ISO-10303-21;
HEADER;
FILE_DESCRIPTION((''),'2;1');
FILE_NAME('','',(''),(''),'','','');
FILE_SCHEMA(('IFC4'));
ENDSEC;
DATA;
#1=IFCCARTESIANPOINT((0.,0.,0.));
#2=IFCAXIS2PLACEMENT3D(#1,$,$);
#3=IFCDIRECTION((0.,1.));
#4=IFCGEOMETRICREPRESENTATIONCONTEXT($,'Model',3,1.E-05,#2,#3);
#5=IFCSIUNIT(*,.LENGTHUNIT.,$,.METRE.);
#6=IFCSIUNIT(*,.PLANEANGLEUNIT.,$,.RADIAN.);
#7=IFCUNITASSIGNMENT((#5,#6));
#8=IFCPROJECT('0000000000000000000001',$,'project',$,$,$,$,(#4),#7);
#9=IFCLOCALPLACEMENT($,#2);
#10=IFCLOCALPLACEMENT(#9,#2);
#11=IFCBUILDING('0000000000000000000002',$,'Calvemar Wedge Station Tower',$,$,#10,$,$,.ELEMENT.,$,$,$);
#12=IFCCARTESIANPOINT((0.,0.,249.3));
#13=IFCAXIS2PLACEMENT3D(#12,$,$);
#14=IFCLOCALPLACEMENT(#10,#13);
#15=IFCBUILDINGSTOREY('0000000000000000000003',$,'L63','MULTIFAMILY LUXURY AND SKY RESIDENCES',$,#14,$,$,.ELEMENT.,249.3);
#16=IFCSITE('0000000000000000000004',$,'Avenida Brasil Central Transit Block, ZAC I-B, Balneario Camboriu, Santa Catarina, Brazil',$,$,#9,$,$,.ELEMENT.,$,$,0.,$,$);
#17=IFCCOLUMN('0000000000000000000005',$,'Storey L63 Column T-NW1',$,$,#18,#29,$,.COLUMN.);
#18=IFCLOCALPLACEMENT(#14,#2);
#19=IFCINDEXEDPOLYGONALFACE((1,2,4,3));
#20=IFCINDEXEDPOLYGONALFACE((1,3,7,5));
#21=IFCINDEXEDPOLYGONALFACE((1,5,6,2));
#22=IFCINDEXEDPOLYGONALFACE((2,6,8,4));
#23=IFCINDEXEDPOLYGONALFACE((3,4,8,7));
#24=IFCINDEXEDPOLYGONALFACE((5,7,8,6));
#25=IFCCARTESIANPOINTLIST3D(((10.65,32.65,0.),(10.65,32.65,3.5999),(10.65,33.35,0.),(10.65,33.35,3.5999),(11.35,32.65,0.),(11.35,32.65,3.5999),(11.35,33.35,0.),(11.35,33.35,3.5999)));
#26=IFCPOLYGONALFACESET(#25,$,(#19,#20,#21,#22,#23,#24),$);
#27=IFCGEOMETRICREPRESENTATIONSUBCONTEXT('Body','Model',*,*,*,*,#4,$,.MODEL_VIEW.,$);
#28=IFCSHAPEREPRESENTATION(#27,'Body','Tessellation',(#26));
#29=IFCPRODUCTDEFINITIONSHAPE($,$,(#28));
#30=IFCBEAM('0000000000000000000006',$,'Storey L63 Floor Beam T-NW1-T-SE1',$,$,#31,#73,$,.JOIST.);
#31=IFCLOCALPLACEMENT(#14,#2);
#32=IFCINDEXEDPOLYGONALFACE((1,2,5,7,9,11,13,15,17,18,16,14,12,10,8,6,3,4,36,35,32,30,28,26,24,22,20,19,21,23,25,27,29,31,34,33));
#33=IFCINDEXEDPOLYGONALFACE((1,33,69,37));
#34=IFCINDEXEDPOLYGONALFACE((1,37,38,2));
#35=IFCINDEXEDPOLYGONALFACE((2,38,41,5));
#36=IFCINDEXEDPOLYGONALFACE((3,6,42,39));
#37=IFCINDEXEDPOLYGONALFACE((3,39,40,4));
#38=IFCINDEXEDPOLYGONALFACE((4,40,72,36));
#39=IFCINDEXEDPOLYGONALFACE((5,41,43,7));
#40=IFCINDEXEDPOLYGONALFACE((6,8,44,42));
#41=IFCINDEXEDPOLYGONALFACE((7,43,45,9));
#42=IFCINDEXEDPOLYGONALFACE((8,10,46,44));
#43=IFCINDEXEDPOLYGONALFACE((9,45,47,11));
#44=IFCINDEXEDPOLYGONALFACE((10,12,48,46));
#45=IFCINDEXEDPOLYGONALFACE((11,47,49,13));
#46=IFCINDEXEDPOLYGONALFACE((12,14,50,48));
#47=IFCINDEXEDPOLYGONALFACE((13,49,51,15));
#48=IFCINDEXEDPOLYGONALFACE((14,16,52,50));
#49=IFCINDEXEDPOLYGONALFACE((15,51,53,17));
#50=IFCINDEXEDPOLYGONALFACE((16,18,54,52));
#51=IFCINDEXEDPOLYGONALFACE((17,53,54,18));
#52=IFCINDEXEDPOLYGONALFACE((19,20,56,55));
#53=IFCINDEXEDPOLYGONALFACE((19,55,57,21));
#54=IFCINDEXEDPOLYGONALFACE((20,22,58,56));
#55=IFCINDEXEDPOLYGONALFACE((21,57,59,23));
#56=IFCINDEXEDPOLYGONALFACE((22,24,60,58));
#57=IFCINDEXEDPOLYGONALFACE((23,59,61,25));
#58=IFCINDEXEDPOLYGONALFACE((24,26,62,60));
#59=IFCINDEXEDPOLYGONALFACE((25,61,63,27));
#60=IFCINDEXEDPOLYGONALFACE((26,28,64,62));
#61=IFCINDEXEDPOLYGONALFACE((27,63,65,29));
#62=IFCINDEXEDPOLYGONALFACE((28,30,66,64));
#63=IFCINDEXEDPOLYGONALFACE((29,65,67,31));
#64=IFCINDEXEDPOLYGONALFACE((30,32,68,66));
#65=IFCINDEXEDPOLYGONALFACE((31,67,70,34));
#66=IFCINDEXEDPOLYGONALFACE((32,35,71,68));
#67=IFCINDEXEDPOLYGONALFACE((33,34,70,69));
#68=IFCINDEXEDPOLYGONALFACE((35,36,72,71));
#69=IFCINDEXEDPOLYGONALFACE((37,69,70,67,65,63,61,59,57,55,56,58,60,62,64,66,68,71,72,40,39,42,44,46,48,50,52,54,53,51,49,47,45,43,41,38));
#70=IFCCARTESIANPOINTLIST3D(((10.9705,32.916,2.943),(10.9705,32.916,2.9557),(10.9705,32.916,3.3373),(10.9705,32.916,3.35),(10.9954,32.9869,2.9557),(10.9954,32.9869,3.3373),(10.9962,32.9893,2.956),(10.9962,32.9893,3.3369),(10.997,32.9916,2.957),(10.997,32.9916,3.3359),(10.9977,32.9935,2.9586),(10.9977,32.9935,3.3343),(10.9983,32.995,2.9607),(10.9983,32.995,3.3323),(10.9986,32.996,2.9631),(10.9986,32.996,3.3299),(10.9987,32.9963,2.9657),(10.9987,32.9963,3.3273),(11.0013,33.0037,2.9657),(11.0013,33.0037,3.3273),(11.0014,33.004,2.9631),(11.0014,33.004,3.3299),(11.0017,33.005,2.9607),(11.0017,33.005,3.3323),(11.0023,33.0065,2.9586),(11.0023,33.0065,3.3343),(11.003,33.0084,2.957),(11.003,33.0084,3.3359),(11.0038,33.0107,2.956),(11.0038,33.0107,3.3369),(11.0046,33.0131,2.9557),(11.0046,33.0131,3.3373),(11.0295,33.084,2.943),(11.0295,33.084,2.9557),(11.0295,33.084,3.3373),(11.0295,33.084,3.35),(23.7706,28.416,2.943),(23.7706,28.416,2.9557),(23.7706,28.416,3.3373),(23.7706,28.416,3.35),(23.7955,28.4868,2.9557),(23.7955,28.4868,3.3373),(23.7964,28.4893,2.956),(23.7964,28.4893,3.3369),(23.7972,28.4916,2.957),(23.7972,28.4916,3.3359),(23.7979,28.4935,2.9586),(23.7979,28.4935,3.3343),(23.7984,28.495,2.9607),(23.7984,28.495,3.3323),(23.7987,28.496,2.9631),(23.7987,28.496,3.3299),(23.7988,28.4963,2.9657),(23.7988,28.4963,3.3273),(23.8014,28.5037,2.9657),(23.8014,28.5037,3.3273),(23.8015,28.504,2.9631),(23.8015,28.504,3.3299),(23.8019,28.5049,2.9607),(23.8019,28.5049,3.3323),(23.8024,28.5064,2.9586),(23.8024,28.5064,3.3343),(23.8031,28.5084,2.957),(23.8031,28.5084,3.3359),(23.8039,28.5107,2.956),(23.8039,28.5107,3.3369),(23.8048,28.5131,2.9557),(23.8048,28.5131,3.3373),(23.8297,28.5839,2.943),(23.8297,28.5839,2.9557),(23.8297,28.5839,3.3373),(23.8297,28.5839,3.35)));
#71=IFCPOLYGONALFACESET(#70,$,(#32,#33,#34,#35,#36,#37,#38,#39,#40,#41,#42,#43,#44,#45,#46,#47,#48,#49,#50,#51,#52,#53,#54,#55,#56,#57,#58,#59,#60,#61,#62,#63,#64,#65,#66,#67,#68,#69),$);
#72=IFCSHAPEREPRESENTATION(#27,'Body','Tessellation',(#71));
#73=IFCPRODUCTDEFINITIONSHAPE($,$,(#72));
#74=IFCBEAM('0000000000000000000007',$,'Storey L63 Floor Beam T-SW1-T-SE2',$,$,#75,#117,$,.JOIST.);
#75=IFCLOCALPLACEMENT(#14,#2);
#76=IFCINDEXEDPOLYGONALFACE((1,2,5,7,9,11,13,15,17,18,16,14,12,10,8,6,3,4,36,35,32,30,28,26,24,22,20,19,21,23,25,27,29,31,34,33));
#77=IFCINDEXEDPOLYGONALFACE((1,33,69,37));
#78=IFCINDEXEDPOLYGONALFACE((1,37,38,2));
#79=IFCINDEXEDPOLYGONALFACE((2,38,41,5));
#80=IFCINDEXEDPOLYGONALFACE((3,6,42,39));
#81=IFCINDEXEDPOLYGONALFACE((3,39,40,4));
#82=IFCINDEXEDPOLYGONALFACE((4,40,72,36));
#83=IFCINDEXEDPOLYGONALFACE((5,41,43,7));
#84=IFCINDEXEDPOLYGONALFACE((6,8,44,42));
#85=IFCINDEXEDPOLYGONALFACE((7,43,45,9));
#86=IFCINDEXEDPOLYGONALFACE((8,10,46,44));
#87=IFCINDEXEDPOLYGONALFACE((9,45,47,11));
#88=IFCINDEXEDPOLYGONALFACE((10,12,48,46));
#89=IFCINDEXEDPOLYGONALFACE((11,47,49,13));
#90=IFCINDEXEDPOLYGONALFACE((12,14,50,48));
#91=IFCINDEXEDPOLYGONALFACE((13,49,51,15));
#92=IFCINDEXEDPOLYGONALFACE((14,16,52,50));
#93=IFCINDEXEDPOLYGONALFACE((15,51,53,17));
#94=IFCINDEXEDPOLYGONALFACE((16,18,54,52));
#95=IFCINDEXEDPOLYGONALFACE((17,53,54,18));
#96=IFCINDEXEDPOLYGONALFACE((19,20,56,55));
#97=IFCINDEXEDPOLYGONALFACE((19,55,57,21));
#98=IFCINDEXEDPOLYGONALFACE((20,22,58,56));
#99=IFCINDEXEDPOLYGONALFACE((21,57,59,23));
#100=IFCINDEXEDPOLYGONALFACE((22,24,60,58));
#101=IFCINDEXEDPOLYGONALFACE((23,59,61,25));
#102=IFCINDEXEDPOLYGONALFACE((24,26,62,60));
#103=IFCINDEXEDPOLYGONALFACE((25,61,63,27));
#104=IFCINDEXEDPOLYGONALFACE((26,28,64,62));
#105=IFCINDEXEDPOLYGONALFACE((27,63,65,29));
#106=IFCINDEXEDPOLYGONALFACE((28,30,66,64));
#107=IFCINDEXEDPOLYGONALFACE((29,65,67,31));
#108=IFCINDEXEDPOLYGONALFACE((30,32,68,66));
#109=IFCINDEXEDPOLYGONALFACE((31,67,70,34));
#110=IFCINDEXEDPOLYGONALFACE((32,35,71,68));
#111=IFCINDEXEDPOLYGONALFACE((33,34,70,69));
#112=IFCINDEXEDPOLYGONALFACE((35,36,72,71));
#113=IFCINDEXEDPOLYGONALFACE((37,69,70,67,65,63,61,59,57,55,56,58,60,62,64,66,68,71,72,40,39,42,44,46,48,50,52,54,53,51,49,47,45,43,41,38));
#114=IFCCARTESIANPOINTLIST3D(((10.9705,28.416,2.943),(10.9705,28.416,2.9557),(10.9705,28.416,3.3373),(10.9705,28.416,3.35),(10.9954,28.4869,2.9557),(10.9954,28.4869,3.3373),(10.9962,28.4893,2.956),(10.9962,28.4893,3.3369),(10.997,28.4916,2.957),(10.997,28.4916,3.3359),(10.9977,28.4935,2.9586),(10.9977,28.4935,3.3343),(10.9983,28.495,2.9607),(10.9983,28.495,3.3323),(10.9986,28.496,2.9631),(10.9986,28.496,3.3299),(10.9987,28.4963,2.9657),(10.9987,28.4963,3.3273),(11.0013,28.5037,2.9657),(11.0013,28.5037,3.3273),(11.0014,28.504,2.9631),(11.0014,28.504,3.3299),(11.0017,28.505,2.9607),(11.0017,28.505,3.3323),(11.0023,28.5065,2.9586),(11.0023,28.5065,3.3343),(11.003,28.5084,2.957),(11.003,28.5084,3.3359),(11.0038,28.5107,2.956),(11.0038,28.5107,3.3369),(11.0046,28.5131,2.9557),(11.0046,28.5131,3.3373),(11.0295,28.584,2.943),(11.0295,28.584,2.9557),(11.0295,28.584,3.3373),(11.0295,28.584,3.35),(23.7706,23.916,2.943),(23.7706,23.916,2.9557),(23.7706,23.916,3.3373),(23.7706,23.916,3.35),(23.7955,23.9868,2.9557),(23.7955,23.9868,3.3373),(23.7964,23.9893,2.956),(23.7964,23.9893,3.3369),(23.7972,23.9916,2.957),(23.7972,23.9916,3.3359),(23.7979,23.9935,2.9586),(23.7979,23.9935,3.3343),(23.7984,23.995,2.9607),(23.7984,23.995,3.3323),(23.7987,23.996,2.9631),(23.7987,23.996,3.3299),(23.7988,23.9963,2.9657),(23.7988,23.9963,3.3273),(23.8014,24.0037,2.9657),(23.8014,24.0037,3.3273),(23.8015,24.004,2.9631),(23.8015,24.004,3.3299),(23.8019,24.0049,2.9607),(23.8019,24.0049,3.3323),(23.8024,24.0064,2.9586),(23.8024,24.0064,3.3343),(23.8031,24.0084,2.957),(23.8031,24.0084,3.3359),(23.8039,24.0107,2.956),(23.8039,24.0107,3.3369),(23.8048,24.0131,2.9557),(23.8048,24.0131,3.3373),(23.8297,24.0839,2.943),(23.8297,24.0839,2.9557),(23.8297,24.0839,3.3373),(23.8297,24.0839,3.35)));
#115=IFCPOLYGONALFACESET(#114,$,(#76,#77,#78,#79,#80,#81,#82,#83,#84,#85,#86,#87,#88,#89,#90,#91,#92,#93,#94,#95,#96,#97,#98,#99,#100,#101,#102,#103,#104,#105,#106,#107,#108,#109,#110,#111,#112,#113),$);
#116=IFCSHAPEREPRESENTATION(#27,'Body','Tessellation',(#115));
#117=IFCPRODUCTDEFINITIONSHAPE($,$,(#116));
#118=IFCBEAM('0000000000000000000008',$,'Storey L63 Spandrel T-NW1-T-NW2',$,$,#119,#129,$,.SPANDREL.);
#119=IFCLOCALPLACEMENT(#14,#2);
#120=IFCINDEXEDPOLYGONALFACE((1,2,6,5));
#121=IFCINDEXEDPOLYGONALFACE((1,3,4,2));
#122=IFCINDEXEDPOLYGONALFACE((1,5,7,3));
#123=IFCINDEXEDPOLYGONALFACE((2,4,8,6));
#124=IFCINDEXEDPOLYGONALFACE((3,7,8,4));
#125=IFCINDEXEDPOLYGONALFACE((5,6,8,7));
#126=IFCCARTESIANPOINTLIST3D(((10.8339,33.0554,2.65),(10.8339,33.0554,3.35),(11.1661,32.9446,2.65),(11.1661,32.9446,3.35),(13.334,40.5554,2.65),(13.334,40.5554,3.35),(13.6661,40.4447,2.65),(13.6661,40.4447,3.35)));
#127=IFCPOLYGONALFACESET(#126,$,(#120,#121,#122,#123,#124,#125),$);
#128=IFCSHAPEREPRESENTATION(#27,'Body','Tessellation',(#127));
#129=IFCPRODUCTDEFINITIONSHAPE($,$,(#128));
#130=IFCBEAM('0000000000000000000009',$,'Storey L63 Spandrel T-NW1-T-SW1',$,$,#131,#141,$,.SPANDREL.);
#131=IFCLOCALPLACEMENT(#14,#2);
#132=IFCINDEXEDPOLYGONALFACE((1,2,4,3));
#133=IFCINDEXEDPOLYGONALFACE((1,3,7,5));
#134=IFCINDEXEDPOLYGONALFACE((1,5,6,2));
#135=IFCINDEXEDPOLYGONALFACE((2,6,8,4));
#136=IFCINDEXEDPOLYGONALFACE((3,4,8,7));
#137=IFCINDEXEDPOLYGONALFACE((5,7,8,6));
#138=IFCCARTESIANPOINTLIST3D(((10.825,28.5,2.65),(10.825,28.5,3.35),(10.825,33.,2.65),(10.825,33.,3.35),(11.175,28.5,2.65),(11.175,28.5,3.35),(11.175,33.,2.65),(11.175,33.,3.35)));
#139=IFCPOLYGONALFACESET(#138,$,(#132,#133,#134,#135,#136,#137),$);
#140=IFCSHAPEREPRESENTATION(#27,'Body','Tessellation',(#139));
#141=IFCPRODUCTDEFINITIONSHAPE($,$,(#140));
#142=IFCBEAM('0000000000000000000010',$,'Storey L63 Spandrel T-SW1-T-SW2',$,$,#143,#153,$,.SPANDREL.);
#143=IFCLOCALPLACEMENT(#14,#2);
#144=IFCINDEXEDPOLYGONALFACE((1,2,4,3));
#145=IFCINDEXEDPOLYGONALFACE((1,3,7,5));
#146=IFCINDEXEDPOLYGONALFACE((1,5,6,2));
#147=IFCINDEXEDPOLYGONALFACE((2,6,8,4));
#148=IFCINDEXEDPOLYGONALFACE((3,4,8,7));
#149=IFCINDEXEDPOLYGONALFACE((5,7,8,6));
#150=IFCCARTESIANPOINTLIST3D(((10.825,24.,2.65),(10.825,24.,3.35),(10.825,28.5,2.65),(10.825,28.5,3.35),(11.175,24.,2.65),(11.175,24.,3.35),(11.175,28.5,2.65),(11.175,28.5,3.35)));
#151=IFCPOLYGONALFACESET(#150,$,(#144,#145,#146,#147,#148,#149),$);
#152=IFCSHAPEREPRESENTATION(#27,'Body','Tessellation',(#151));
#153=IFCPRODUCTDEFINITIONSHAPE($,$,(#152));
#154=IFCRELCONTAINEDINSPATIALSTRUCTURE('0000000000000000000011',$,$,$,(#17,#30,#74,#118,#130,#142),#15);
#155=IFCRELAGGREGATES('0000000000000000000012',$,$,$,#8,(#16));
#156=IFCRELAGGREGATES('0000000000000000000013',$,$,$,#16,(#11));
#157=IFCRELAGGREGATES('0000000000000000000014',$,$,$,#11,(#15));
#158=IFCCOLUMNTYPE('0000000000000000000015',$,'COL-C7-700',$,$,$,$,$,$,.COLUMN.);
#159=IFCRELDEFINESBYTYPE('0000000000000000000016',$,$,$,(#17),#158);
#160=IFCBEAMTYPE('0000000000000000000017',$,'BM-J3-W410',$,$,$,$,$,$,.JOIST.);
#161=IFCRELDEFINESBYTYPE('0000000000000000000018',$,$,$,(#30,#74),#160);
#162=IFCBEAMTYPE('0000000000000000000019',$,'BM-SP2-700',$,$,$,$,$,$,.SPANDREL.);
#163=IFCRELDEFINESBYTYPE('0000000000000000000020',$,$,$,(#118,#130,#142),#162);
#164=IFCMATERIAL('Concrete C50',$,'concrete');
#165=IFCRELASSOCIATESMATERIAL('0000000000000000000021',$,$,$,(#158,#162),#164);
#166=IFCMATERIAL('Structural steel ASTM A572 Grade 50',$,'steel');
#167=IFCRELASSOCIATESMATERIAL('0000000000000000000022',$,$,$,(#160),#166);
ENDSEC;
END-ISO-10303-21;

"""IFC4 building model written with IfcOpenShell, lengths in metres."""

from ifc_helpers import new_model, si_unit, direction, frame, origin, origin_2d, place, context, subcontext, project, spatial, rectangle, i_section, extrude, source, transform, mapped, material, material_profile, profile_set, type_object, element, save


model = new_model("IFC4")

# Units and contexts
model_context = context("Model", 3, precision=1e-05, world=origin(), true_north=direction((0.0, 1.0)))
body_context = subcontext(model_context, "Body", "Model", "MODEL_VIEW")
ifc_project = project(units=[si_unit("LENGTHUNIT", "METRE"), si_unit("PLANEANGLEUNIT", "RADIAN")], contexts=[model_context])

# Site, building, storey
site_placement = place(None, origin())
site = spatial("IfcSite", under=ifc_project, at=site_placement, Name="Avenida Brasil Central Transit Block, ZAC I-B, Balneario Camboriu, Santa Catarina, Brazil", CompositionType="ELEMENT", RefElevation=0.0)
building_placement = place(site_placement, origin())
building = spatial("IfcBuilding", under=site, at=building_placement, Name="Calvemar Wedge Station Tower", CompositionType="ELEMENT")
storey_placement = place(building_placement, frame((0.0, 0.0, 249.3)))
storey = spatial("IfcBuildingStorey", under=building, at=storey_placement, Name="L63", Description="MULTIFAMILY LUXURY AND SKY RESIDENCES", CompositionType="ELEMENT", Elevation=249.3)

# Column
ifc_material_1 = material(Name="Concrete C50", Category="concrete")
ifc_material_profile_1 = material_profile(ifc_material_1, rectangle(XDim=0.7, YDim=0.7, at=origin_2d()), Name="RC700x700")
ifc_profile_set_1 = profile_set([ifc_material_profile_1], Name="Concrete C50")
column_type = type_object("IfcColumnType", Name="COL-C7-700", PredefinedType="COLUMN", material=ifc_profile_set_1)
shared_shape_1 = source(origin(), body_context, "Body", "SweptSolid", [
    extrude(rectangle(XDim=0.7, YDim=0.7, at=origin_2d()), origin(), (0.0, 0.0, 1.0), 3.5999),
])
column_placement = place(storey_placement, frame((11.0, 33.0, 0.0), z_axis=(0.0, 0.0, 1.0), x_axis=(1.0, 0.0, 0.0)))
element("IfcColumn", 1, at=column_placement, inside=storey, type_object=column_type, Name="Storey L63 Column T-NW1", PredefinedType="COLUMN", context=body_context, shape_type="MappedRepresentation", body=[
    mapped(shared_shape_1, transform((0.0, 0.0, 0.0), scale=1.0)),
])

# Beams
ifc_material_2 = material(Name="Structural steel ASTM A572 Grade 50", Category="steel")
ifc_material_profile_2 = material_profile(ifc_material_2, i_section(OverallWidth=0.178, OverallDepth=0.407, WebThickness=0.0078, FlangeThickness=0.0127, FilletRadius=0.01, at=origin_2d()), Name="W410x60")
ifc_profile_set_2 = profile_set([ifc_material_profile_2], Name="Structural steel ASTM A572 Grade 50")
beam_type_1 = type_object("IfcBeamType", Name="BM-J3-W410", PredefinedType="JOIST", material=ifc_profile_set_2)
shared_shape_2 = source(origin(), body_context, "Body", "SweptSolid", [
    extrude(i_section(OverallWidth=0.178, OverallDepth=0.407, WebThickness=0.0078, FlangeThickness=0.0127, FilletRadius=0.01, at=origin_2d()), origin(), (0.0, 0.0, 1.0), 13.5681),
])
for number, where, z_axis, x_axis, name in (
    (2, (11.0, 33.0, 3.1465), (0.943398, -0.331662, 0.0), (0.331662, 0.943398, 0.0), "Storey L63 Floor Beam T-NW1-T-SE1"),
    (3, (11.0, 28.5, 3.1465), (0.943398, -0.331662, 0.0), (0.331662, 0.943398, 0.0), "Storey L63 Floor Beam T-SW1-T-SE2"),
):
    element("IfcBeam", number, at=place(storey_placement, frame(where, z_axis=z_axis, x_axis=x_axis)), inside=storey, type_object=beam_type_1, Name=name, PredefinedType="JOIST", context=body_context, shape_type="MappedRepresentation", body=[
        mapped(shared_shape_2, transform((0.0, 0.0, 0.0), scale=1.0)),
    ])
ifc_material_profile_3 = material_profile(ifc_material_1, rectangle(XDim=0.3501, YDim=0.7, at=origin_2d()), Name="RC350x700")
ifc_profile_set_3 = profile_set([ifc_material_profile_3], Name="Concrete C50")
beam_type_2 = type_object("IfcBeamType", Name="BM-SP2-700", PredefinedType="SPANDREL", material=ifc_profile_set_3)
shared_shape_3 = source(origin(), body_context, "Body", "SweptSolid", [
    extrude(rectangle(XDim=0.3501, YDim=0.7, at=origin_2d()), origin(), (0.0, 0.0, 1.0), 7.9058),
])
beam_1_placement = place(storey_placement, frame((11.0, 33.0, 3.0), z_axis=(0.316228, 0.948683, 0.0), x_axis=(-0.948683, 0.316228, 0.0)))
element("IfcBeam", 4, at=beam_1_placement, inside=storey, type_object=beam_type_2, Name="Storey L63 Spandrel T-NW1-T-NW2", PredefinedType="SPANDREL", context=body_context, shape_type="MappedRepresentation", body=[
    mapped(shared_shape_3, transform((0.0, 0.0, 0.0), scale=1.0)),
])
shared_shape_4 = source(origin(), body_context, "Body", "SweptSolid", [
    extrude(rectangle(XDim=0.3501, YDim=0.7, at=origin_2d()), origin(), (0.0, 0.0, 1.0), 4.5),
])
for number, where, z_axis, x_axis, name in (
    (5, (11.0, 33.0, 3.0), (0.0, -1.0, 0.0), (1.0, 0.0, 0.0), "Storey L63 Spandrel T-NW1-T-SW1"),
    (6, (11.0, 28.5, 3.0), (0.0, -1.0, 0.0), (1.0, 0.0, 0.0), "Storey L63 Spandrel T-SW1-T-SW2"),
):
    element("IfcBeam", number, at=place(storey_placement, frame(where, z_axis=z_axis, x_axis=x_axis)), inside=storey, type_object=beam_type_2, Name=name, PredefinedType="SPANDREL", context=body_context, shape_type="MappedRepresentation", body=[
        mapped(shared_shape_4, transform((0.0, 0.0, 0.0), scale=1.0)),
    ])

save(model, "model.ifc")
